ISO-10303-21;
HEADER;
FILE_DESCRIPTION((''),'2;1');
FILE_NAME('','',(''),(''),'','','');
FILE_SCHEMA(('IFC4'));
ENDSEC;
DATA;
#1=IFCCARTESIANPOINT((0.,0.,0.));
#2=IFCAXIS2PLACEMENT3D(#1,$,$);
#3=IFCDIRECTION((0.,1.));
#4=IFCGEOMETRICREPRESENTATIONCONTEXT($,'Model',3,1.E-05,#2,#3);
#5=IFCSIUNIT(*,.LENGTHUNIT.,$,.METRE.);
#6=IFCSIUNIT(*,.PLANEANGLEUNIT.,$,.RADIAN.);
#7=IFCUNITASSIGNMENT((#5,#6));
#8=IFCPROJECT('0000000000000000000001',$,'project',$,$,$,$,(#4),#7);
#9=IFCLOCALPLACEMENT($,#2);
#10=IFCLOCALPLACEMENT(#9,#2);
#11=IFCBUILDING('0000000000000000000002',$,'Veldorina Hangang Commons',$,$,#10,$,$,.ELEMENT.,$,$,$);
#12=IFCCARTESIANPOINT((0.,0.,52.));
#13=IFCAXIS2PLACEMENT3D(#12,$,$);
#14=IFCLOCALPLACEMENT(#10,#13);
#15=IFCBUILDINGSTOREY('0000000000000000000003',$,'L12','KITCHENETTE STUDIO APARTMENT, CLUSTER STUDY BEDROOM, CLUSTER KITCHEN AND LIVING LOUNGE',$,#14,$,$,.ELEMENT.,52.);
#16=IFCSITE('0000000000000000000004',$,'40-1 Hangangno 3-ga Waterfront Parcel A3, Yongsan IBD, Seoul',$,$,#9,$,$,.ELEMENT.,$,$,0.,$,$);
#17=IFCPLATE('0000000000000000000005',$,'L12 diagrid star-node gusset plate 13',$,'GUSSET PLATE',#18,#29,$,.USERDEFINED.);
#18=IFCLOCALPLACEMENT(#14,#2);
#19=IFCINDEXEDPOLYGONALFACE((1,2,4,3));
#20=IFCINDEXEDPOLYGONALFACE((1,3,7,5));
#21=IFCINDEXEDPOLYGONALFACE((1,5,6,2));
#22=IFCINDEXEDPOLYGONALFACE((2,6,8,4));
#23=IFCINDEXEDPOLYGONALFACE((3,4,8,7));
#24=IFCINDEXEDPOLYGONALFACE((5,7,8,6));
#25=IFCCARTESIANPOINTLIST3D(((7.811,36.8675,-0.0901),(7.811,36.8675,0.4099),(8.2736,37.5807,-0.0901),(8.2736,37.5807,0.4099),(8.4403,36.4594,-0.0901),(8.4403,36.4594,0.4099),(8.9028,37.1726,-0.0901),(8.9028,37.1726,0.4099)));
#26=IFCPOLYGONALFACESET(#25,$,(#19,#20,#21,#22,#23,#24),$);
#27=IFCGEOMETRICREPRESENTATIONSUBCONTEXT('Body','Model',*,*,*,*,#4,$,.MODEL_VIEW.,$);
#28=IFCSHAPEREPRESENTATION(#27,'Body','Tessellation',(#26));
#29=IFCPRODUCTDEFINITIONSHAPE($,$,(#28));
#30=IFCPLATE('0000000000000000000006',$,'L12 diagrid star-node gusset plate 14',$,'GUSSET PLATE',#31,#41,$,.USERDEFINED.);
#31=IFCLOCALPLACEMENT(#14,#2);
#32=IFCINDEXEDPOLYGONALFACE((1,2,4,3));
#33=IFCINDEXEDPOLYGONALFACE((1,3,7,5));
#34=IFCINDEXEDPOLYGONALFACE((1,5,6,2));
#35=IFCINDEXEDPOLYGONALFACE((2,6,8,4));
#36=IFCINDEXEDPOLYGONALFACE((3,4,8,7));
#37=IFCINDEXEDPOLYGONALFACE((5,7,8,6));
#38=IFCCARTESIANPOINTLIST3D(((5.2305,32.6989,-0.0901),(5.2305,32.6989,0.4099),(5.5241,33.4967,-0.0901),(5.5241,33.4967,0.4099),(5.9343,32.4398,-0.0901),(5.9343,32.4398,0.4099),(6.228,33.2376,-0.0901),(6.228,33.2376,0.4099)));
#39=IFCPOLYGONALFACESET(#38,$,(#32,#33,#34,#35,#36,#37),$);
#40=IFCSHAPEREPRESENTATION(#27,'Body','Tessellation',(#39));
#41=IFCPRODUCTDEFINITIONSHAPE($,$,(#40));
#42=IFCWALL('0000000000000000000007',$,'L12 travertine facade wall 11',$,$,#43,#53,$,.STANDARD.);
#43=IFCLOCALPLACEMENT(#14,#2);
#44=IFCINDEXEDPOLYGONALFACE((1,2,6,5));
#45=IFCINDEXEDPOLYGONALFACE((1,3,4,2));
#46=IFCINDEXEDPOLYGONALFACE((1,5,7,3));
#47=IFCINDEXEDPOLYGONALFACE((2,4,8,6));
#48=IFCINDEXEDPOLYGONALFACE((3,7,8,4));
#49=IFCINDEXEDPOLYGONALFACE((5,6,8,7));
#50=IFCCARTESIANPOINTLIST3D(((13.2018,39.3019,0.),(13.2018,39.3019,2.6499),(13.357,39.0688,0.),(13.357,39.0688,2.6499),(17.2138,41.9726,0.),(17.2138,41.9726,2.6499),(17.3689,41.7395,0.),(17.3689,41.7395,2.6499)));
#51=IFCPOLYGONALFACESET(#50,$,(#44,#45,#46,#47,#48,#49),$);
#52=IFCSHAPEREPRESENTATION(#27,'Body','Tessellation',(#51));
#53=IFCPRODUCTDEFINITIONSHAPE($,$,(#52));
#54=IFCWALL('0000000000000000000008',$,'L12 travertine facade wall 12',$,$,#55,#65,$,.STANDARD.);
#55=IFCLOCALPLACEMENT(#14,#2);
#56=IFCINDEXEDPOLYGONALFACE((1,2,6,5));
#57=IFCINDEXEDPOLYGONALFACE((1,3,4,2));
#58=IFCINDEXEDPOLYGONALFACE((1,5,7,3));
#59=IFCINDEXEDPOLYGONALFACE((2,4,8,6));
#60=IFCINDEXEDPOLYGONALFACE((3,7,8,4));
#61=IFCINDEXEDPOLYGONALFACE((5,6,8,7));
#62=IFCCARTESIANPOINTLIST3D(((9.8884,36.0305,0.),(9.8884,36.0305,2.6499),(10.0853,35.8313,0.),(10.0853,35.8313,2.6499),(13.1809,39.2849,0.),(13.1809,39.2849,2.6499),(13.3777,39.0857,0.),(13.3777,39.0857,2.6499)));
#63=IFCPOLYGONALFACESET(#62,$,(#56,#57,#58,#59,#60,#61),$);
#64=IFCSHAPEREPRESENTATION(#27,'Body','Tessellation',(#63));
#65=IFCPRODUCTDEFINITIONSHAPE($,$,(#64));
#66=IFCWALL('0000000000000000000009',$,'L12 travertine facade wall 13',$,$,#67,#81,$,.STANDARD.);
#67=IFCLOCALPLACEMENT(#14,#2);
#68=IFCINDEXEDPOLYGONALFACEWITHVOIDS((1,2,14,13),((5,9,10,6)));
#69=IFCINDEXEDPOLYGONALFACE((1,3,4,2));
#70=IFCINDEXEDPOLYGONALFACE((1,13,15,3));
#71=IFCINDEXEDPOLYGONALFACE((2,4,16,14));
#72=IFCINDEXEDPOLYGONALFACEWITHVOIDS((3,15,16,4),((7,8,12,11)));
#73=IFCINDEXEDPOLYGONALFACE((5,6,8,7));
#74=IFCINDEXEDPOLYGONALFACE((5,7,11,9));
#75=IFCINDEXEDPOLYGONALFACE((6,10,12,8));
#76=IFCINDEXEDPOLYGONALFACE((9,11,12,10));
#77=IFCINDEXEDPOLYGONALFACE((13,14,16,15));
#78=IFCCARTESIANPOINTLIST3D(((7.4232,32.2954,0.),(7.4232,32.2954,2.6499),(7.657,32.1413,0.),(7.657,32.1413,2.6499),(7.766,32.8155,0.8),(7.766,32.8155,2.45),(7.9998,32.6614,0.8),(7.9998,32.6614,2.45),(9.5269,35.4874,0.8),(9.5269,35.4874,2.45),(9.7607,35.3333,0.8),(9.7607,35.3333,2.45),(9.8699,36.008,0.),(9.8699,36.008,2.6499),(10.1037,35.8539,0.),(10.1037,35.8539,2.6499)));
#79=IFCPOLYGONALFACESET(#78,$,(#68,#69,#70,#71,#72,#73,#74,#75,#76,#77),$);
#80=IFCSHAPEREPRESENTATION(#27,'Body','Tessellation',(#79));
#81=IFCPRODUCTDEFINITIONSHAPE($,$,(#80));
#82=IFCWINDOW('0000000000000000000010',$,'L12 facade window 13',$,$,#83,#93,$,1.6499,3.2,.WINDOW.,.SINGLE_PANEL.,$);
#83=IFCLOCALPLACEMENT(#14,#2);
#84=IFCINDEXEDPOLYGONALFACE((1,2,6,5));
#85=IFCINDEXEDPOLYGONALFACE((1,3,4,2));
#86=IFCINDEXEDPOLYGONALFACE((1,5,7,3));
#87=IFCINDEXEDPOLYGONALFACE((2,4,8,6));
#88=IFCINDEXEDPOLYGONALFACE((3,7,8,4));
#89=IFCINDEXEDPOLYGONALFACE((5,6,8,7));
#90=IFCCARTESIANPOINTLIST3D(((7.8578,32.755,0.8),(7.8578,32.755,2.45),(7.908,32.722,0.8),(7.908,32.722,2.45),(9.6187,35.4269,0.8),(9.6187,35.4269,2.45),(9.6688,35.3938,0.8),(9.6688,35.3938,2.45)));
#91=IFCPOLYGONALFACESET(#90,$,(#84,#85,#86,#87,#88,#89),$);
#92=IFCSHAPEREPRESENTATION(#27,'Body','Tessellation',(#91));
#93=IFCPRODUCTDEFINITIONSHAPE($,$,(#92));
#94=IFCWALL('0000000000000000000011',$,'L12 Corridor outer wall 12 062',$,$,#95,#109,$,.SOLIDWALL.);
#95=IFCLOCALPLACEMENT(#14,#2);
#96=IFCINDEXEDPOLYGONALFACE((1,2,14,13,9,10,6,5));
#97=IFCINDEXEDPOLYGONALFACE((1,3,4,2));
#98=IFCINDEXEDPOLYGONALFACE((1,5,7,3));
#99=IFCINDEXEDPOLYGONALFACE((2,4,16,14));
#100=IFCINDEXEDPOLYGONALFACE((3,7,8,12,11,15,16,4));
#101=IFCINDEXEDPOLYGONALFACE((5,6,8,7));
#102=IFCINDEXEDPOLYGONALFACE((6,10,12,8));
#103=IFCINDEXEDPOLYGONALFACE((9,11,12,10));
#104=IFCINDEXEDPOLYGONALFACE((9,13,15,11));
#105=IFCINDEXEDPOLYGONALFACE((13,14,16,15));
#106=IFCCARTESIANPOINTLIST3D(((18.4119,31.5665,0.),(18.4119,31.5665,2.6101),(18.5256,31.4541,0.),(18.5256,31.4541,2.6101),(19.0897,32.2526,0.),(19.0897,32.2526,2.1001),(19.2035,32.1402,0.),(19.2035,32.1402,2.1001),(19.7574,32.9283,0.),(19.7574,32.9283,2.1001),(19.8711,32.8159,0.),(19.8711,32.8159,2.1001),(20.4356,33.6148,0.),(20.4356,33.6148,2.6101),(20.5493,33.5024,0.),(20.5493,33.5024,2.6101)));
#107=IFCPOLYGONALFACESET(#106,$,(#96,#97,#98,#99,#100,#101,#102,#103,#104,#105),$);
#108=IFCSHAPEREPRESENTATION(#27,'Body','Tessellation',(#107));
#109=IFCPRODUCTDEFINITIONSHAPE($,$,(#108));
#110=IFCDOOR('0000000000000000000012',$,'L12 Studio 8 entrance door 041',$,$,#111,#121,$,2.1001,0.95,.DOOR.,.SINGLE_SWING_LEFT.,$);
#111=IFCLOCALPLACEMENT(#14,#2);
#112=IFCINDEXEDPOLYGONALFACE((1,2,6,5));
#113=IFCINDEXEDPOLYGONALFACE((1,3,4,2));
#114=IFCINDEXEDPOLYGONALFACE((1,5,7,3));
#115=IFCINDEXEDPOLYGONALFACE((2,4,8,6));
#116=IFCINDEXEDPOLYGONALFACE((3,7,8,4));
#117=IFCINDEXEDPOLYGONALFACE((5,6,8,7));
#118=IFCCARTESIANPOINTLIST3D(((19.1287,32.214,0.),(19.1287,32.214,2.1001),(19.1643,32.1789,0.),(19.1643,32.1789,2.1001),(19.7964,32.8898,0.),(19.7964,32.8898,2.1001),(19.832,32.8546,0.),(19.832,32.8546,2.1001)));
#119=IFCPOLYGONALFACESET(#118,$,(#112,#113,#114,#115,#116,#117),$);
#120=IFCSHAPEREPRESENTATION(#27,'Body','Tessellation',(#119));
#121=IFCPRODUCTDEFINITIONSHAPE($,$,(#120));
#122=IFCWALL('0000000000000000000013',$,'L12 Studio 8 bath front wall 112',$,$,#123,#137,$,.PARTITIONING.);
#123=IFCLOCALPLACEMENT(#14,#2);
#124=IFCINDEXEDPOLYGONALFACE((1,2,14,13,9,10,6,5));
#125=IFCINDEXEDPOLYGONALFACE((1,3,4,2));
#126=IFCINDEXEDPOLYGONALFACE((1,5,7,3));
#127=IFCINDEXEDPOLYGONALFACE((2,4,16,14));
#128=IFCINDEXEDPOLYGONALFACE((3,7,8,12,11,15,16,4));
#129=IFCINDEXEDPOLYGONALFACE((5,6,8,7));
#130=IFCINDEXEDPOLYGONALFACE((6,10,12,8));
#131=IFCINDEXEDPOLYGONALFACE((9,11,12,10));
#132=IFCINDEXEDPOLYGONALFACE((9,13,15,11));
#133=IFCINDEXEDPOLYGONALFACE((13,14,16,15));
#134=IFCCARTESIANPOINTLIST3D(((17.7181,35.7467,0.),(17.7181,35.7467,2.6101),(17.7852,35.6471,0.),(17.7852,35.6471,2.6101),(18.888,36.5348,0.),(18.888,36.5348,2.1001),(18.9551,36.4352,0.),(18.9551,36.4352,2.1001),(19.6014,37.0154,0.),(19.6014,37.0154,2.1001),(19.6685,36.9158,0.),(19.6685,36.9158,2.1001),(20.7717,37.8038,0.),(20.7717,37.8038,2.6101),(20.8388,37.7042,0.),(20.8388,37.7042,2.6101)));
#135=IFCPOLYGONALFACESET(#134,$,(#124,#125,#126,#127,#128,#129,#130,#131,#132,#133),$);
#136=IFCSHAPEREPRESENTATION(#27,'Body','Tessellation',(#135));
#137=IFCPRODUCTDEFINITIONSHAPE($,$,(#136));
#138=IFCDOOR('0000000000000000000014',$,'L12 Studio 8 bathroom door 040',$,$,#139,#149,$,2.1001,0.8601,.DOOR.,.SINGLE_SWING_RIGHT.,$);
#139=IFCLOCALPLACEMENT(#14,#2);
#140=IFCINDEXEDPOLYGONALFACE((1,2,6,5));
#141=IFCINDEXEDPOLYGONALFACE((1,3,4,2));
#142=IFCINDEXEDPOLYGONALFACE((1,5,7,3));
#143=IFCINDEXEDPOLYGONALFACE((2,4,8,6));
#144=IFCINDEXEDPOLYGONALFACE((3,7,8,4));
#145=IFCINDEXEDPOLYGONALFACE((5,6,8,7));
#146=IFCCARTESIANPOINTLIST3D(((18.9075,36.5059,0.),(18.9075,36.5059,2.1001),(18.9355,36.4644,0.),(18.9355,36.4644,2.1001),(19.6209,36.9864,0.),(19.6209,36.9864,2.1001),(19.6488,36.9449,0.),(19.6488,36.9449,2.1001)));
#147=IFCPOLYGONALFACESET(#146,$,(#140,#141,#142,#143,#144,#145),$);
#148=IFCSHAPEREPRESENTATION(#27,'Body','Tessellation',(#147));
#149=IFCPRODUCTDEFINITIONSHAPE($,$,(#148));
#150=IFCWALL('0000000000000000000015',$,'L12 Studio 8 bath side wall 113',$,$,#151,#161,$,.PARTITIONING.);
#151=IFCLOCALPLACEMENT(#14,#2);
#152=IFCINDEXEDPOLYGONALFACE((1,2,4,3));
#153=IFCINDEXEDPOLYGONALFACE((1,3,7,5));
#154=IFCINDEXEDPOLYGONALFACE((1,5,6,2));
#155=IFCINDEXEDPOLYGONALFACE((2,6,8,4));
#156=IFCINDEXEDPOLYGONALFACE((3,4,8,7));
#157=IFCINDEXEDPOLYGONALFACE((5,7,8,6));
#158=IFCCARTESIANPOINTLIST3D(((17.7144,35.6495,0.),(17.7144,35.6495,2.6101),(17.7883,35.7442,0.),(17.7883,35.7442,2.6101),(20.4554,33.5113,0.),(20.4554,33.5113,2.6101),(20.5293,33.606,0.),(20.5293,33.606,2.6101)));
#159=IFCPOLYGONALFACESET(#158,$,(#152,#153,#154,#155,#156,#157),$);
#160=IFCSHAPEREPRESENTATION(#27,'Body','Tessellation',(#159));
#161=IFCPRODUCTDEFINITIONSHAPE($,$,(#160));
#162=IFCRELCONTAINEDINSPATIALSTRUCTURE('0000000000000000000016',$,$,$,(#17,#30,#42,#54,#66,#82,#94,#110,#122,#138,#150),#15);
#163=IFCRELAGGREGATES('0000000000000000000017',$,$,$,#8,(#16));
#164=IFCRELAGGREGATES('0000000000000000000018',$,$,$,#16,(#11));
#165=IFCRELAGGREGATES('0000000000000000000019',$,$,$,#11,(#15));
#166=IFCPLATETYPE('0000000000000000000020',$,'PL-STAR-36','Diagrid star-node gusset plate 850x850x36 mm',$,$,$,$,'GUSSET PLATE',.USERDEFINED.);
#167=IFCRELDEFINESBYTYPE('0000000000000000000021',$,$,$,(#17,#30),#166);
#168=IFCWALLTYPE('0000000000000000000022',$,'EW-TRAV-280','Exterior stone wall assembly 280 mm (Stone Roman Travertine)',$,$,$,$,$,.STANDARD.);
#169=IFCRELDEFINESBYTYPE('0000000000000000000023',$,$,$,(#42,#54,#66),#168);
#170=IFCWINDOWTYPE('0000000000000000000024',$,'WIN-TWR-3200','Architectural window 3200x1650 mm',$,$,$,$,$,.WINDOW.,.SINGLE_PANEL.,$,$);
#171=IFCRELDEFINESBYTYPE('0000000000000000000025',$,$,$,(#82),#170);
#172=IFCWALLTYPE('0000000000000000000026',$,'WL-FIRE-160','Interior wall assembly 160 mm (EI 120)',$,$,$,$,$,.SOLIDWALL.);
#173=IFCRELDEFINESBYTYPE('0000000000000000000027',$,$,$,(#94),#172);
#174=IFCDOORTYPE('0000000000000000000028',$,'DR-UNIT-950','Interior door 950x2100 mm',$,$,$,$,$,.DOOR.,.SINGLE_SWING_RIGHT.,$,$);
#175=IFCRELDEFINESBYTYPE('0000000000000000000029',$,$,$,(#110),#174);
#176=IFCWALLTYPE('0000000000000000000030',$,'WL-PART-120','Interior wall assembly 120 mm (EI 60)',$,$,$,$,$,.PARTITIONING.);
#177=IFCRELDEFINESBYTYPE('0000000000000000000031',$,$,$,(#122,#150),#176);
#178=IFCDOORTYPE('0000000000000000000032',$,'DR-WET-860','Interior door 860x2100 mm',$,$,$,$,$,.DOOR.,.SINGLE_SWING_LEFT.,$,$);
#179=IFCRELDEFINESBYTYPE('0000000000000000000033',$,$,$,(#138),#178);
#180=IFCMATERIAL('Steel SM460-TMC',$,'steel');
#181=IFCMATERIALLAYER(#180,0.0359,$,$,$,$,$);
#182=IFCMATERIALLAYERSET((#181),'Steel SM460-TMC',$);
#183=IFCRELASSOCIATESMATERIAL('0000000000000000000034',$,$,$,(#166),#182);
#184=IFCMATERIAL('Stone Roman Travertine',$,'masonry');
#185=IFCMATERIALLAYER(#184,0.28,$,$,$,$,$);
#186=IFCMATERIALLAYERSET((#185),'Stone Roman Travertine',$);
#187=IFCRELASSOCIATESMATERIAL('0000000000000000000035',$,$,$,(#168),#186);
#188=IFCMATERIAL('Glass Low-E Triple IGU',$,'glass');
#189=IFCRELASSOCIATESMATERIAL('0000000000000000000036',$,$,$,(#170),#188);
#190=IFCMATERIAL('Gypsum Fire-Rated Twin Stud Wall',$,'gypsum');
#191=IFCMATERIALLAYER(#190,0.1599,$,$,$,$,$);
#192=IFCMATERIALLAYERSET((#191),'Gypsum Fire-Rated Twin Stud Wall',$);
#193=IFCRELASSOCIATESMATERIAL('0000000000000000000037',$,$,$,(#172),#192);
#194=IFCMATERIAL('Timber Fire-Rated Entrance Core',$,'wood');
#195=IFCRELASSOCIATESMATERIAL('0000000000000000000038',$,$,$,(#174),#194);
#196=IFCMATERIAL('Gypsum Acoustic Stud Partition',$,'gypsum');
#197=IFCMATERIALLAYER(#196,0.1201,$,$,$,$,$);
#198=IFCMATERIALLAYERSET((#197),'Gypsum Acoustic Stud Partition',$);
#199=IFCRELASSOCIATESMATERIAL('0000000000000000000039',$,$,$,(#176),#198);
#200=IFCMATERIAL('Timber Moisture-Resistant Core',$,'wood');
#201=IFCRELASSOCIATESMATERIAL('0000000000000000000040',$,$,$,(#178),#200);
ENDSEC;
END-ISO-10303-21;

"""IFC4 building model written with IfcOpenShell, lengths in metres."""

from ifc_helpers import new_model, si_unit, direction, frame, frame_2d, origin, origin_2d, place, context, subcontext, project, spatial, rectangle, extrude, material, layer, layer_set, type_object, element, fill, save


model = new_model("IFC4")

# Units and contexts
model_context = context("Model", 3, precision=1e-05, world=origin(), true_north=direction((0.0, 1.0)))
body_context = subcontext(model_context, "Body", "Model", "MODEL_VIEW")
ifc_project = project(units=[si_unit("LENGTHUNIT", "METRE"), si_unit("PLANEANGLEUNIT", "RADIAN")], contexts=[model_context])

# Site, building, storey
site_placement = place(None, origin())
site = spatial("IfcSite", under=ifc_project, at=site_placement, Name="40-1 Hangangno 3-ga Waterfront Parcel A3, Yongsan IBD, Seoul", CompositionType="ELEMENT", RefElevation=0.0)
building_placement = place(site_placement, origin())
building = spatial("IfcBuilding", under=site, at=building_placement, Name="Veldorina Hangang Commons", CompositionType="ELEMENT")
storey_placement = place(building_placement, frame((0.0, 0.0, 52.0)))
storey = spatial("IfcBuildingStorey", under=building, at=storey_placement, Name="L12", Description="KITCHENETTE STUDIO APARTMENT, CLUSTER STUDY BEDROOM, CLUSTER KITCHEN AND LIVING LOUNGE", CompositionType="ELEMENT", Elevation=52.0)

# Shared definitions
ifc_material_1 = material(Name="Steel SM460-TMC", Category="steel")

# Plates
ifc_layer_1 = layer(ifc_material_1, 0.0359)
ifc_layer_set_1 = layer_set([ifc_layer_1], Name="Steel SM460-TMC")
plate_type = type_object("IfcPlateType", Name="PL-STAR-36", Description="Diagrid star-node gusset plate 850x850x36 mm", ElementType="GUSSET PLATE", PredefinedType="USERDEFINED", material=ifc_layer_set_1)
for number, where, z_axis, x_axis, name in (
    (1, (8.3569, 37.02, -0.0901), (0.0, 0.0, 1.0), (-0.544141, -0.838994, 0.0), "L12 diagrid star-node gusset plate 13"),
    (2, (5.7292, 32.9683, -0.0901), (0.0, 0.0, 1.0), (-0.345413, -0.938451, 0.0), "L12 diagrid star-node gusset plate 14"),
):
    element("IfcPlate", number, at=place(storey_placement, frame(where, z_axis=z_axis, x_axis=x_axis)), inside=storey, type_object=plate_type, Name=name, ObjectType="GUSSET PLATE", PredefinedType="USERDEFINED", context=body_context, shape_type="SweptSolid", body=[
        extrude(rectangle(XDim=0.8501, YDim=0.75, at=origin_2d()), origin(), (0.0, 0.0, 1.0), 0.5),
    ])

# Walls
ifc_material_2 = material(Name="Stone Roman Travertine", Category="masonry")
ifc_layer_2 = layer(ifc_material_2, 0.28)
ifc_layer_set_2 = layer_set([ifc_layer_2], Name="Stone Roman Travertine")
wall_type_1 = type_object("IfcWallType", Name="EW-TRAV-280", Description="Exterior stone wall assembly 280 mm (Stone Roman Travertine)", PredefinedType="STANDARD", material=ifc_layer_set_2)
wall_1_placement = place(storey_placement, frame((17.2913, 41.856, 0.0), z_axis=(0.0, 0.0, 1.0), x_axis=(-0.832432, -0.554127, 0.0)))
element("IfcWall", 3, at=wall_1_placement, inside=storey, type_object=wall_type_1, Name="L12 travertine facade wall 11", PredefinedType="STANDARD", context=body_context, shape_type="SweptSolid", body=[
    extrude(rectangle(XDim=4.8196, YDim=0.28, at=frame_2d((2.4097, 0.0))), origin(), (0.0, 0.0, 1.0), 2.6499),
])
wall_2_placement = place(storey_placement, frame((13.2793, 39.1853, 0.0), z_axis=(0.0, 0.0, 1.0), x_axis=(-0.711208, -0.702981, 0.0)))
element("IfcWall", 4, at=wall_2_placement, inside=storey, type_object=wall_type_1, Name="L12 travertine facade wall 12", PredefinedType="STANDARD", context=body_context, shape_type="SweptSolid", body=[
    extrude(rectangle(XDim=4.6294, YDim=0.28, at=frame_2d((2.3147, 0.0))), origin(), (0.0, 0.0, 1.0), 2.6499),
])

# Wall, opening, window
wall_3_placement = place(storey_placement, frame((9.9868, 35.9309, 0.0), z_axis=(0.0, 0.0, 1.0), x_axis=(-0.550283, -0.834978, 0.0)))
wall_3 = element("IfcWall", 5, at=wall_3_placement, inside=storey, type_object=wall_type_1, Name="L12 travertine facade wall 13", PredefinedType="STANDARD", context=body_context, shape_type="SweptSolid", body=[
    extrude(rectangle(XDim=4.4463, YDim=0.28, at=frame_2d((2.2231, 0.0))), origin(), (0.0, 0.0, 1.0), 2.6499),
])
opening_1_placement = place(wall_3_placement, frame((0.6233, 0.0, 0.8)))
opening_1 = element("IfcOpeningElement", 6, at=opening_1_placement, cuts=wall_3, PredefinedType="OPENING", context=body_context, shape_type="SweptSolid", body=[
    extrude(rectangle(XDim=3.2, YDim=1.6499, at=frame_2d((1.6001, 0.825))), frame((0.0, 0.1499, 0.0), z_axis=(0.0, -1.0, 0.0), x_axis=(1.0, 0.0, 0.0)), (0.0, 0.0, 1.0), 0.3),
])
ifc_material_3 = material(Name="Glass Low-E Triple IGU", Category="glass")
window_type = type_object("IfcWindowType", Name="WIN-TWR-3200", Description="Architectural window 3200x1650 mm", PartitioningType="SINGLE_PANEL", PredefinedType="WINDOW", material=ifc_material_3)
window_placement = place(opening_1_placement, origin())
window = element("IfcWindow", 7, at=window_placement, inside=storey, type_object=window_type, Name="L12 facade window 13", OverallHeight=1.6499, OverallWidth=3.2, PartitioningType="SINGLE_PANEL", PredefinedType="WINDOW", context=body_context, shape_type="SweptSolid", body=[
    extrude(rectangle(XDim=3.2, YDim=1.6499, at=frame_2d((1.6001, 0.825))), frame((0.0, 0.03, 0.0), z_axis=(0.0, -1.0, 0.0), x_axis=(1.0, 0.0, 0.0)), (0.0, 0.0, 1.0), 0.0601),
])
fill(opening_1, window)

# Walls, openings, doors
ifc_material_4 = material(Name="Gypsum Fire-Rated Twin Stud Wall", Category="gypsum")
ifc_layer_3 = layer(ifc_material_4, 0.1599)
ifc_layer_set_3 = layer_set([ifc_layer_3], Name="Gypsum Fire-Rated Twin Stud Wall")
wall_type_2 = type_object("IfcWallType", Name="WL-FIRE-160", Description="Interior wall assembly 160 mm (EI 120)", PredefinedType="SOLIDWALL", material=ifc_layer_set_3)
wall_4_placement = place(storey_placement, frame((20.4924, 33.5586, 0.0), z_axis=(0.0, 0.0, 1.0), x_axis=(-0.702812, -0.711376, 0.0)))
wall_4 = element("IfcWall", 8, at=wall_4_placement, inside=storey, type_object=wall_type_2, Name="L12 Corridor outer wall 12 062", PredefinedType="SOLIDWALL", context=body_context, shape_type="SweptSolid", body=[
    extrude(rectangle(XDim=2.8794, YDim=0.1599, at=frame_2d((1.4397, 0.0))), origin(), (0.0, 0.0, 1.0), 2.6101),
])
opening_2_placement = place(wall_4_placement, frame((0.9648, 0.0, 0.0)))
opening_2 = element("IfcOpeningElement", 9, at=opening_2_placement, cuts=wall_4, PredefinedType="OPENING", context=body_context, shape_type="SweptSolid", body=[
    extrude(rectangle(XDim=0.95, YDim=2.1001, at=frame_2d((0.4751, 1.05))), frame((0.0, 0.0898, 0.0), z_axis=(0.0, -1.0, 0.0), x_axis=(1.0, 0.0, 0.0)), (0.0, 0.0, 1.0), 0.1799),
])
ifc_material_5 = material(Name="Timber Fire-Rated Entrance Core", Category="wood")
door_type_1 = type_object("IfcDoorType", Name="DR-UNIT-950", Description="Interior door 950x2100 mm", OperationType="SINGLE_SWING_RIGHT", PredefinedType="DOOR", material=ifc_material_5)
door_1_placement = place(opening_2_placement, origin())
door_1 = element("IfcDoor", 10, at=door_1_placement, inside=storey, type_object=door_type_1, Name="L12 Studio 8 entrance door 041", OperationType="SINGLE_SWING_LEFT", OverallHeight=2.1001, OverallWidth=0.95, PredefinedType="DOOR", context=body_context, shape_type="SweptSolid", body=[
    extrude(rectangle(XDim=0.95, YDim=2.1001, at=frame_2d((0.4751, 1.05))), frame((0.0, 0.0249, 0.0), z_axis=(0.0, -1.0, 0.0), x_axis=(1.0, 0.0, 0.0)), (0.0, 0.0, 1.0), 0.05),
])
fill(opening_2, door_1)
ifc_material_6 = material(Name="Gypsum Acoustic Stud Partition", Category="gypsum")
ifc_layer_4 = layer(ifc_material_6, 0.1201)
ifc_layer_set_4 = layer_set([ifc_layer_4], Name="Gypsum Acoustic Stud Partition")
wall_type_3 = type_object("IfcWallType", Name="WL-PART-120", Description="Interior wall assembly 120 mm (EI 60)", PredefinedType="PARTITIONING", material=ifc_layer_set_4)
wall_5_placement = place(storey_placement, frame((20.8052, 37.7539, 0.0), z_axis=(0.0, 0.0, 1.0), x_axis=(-0.829368, -0.558703, 0.0)))
wall_5 = element("IfcWall", 11, at=wall_5_placement, inside=storey, type_object=wall_type_3, Name="L12 Studio 8 bath front wall 112", PredefinedType="PARTITIONING", context=body_context, shape_type="SweptSolid", body=[
    extrude(rectangle(XDim=3.6819, YDim=0.1201, at=frame_2d((1.8408, 0.0))), origin(), (0.0, 0.0, 1.0), 2.6101),
])
opening_3_placement = place(wall_5_placement, frame((1.4109, 0.0, 0.0)))
opening_3 = element("IfcOpeningElement", 12, at=opening_3_placement, cuts=wall_5, PredefinedType="OPENING", context=body_context, shape_type="SweptSolid", body=[
    extrude(rectangle(XDim=0.8601, YDim=2.1001, at=frame_2d((0.4302, 1.05))), frame((0.0, 0.0701, 0.0), z_axis=(0.0, -1.0, 0.0), x_axis=(1.0, 0.0, 0.0)), (0.0, 0.0, 1.0), 0.1401),
])
ifc_material_7 = material(Name="Timber Moisture-Resistant Core", Category="wood")
door_type_2 = type_object("IfcDoorType", Name="DR-WET-860", Description="Interior door 860x2100 mm", OperationType="SINGLE_SWING_LEFT", PredefinedType="DOOR", material=ifc_material_7)
door_2_placement = place(opening_3_placement, origin())
door_2 = element("IfcDoor", 13, at=door_2_placement, inside=storey, type_object=door_type_2, Name="L12 Studio 8 bathroom door 040", OperationType="SINGLE_SWING_RIGHT", OverallHeight=2.1001, OverallWidth=0.8601, PredefinedType="DOOR", context=body_context, shape_type="SweptSolid", body=[
    extrude(rectangle(XDim=0.8601, YDim=2.1001, at=frame_2d((0.4302, 1.05))), frame((0.0, 0.0249, 0.0), z_axis=(0.0, -1.0, 0.0), x_axis=(1.0, 0.0, 0.0)), (0.0, 0.0, 1.0), 0.05),
])
fill(opening_3, door_2)

# Wall
wall_6_placement = place(storey_placement, frame((20.4924, 33.5586, 0.0), z_axis=(0.0, 0.0, 1.0), x_axis=(-0.78847, 0.615073, 0.0)))
element("IfcWall", 14, at=wall_6_placement, inside=storey, type_object=wall_type_3, Name="L12 Studio 8 bath side wall 113", PredefinedType="PARTITIONING", context=body_context, shape_type="SweptSolid", body=[
    extrude(rectangle(XDim=3.4763, YDim=0.1201, at=frame_2d((1.7383, 0.0))), origin(), (0.0, 0.0, 1.0), 2.6101),
])

save(model, "model.ifc")
